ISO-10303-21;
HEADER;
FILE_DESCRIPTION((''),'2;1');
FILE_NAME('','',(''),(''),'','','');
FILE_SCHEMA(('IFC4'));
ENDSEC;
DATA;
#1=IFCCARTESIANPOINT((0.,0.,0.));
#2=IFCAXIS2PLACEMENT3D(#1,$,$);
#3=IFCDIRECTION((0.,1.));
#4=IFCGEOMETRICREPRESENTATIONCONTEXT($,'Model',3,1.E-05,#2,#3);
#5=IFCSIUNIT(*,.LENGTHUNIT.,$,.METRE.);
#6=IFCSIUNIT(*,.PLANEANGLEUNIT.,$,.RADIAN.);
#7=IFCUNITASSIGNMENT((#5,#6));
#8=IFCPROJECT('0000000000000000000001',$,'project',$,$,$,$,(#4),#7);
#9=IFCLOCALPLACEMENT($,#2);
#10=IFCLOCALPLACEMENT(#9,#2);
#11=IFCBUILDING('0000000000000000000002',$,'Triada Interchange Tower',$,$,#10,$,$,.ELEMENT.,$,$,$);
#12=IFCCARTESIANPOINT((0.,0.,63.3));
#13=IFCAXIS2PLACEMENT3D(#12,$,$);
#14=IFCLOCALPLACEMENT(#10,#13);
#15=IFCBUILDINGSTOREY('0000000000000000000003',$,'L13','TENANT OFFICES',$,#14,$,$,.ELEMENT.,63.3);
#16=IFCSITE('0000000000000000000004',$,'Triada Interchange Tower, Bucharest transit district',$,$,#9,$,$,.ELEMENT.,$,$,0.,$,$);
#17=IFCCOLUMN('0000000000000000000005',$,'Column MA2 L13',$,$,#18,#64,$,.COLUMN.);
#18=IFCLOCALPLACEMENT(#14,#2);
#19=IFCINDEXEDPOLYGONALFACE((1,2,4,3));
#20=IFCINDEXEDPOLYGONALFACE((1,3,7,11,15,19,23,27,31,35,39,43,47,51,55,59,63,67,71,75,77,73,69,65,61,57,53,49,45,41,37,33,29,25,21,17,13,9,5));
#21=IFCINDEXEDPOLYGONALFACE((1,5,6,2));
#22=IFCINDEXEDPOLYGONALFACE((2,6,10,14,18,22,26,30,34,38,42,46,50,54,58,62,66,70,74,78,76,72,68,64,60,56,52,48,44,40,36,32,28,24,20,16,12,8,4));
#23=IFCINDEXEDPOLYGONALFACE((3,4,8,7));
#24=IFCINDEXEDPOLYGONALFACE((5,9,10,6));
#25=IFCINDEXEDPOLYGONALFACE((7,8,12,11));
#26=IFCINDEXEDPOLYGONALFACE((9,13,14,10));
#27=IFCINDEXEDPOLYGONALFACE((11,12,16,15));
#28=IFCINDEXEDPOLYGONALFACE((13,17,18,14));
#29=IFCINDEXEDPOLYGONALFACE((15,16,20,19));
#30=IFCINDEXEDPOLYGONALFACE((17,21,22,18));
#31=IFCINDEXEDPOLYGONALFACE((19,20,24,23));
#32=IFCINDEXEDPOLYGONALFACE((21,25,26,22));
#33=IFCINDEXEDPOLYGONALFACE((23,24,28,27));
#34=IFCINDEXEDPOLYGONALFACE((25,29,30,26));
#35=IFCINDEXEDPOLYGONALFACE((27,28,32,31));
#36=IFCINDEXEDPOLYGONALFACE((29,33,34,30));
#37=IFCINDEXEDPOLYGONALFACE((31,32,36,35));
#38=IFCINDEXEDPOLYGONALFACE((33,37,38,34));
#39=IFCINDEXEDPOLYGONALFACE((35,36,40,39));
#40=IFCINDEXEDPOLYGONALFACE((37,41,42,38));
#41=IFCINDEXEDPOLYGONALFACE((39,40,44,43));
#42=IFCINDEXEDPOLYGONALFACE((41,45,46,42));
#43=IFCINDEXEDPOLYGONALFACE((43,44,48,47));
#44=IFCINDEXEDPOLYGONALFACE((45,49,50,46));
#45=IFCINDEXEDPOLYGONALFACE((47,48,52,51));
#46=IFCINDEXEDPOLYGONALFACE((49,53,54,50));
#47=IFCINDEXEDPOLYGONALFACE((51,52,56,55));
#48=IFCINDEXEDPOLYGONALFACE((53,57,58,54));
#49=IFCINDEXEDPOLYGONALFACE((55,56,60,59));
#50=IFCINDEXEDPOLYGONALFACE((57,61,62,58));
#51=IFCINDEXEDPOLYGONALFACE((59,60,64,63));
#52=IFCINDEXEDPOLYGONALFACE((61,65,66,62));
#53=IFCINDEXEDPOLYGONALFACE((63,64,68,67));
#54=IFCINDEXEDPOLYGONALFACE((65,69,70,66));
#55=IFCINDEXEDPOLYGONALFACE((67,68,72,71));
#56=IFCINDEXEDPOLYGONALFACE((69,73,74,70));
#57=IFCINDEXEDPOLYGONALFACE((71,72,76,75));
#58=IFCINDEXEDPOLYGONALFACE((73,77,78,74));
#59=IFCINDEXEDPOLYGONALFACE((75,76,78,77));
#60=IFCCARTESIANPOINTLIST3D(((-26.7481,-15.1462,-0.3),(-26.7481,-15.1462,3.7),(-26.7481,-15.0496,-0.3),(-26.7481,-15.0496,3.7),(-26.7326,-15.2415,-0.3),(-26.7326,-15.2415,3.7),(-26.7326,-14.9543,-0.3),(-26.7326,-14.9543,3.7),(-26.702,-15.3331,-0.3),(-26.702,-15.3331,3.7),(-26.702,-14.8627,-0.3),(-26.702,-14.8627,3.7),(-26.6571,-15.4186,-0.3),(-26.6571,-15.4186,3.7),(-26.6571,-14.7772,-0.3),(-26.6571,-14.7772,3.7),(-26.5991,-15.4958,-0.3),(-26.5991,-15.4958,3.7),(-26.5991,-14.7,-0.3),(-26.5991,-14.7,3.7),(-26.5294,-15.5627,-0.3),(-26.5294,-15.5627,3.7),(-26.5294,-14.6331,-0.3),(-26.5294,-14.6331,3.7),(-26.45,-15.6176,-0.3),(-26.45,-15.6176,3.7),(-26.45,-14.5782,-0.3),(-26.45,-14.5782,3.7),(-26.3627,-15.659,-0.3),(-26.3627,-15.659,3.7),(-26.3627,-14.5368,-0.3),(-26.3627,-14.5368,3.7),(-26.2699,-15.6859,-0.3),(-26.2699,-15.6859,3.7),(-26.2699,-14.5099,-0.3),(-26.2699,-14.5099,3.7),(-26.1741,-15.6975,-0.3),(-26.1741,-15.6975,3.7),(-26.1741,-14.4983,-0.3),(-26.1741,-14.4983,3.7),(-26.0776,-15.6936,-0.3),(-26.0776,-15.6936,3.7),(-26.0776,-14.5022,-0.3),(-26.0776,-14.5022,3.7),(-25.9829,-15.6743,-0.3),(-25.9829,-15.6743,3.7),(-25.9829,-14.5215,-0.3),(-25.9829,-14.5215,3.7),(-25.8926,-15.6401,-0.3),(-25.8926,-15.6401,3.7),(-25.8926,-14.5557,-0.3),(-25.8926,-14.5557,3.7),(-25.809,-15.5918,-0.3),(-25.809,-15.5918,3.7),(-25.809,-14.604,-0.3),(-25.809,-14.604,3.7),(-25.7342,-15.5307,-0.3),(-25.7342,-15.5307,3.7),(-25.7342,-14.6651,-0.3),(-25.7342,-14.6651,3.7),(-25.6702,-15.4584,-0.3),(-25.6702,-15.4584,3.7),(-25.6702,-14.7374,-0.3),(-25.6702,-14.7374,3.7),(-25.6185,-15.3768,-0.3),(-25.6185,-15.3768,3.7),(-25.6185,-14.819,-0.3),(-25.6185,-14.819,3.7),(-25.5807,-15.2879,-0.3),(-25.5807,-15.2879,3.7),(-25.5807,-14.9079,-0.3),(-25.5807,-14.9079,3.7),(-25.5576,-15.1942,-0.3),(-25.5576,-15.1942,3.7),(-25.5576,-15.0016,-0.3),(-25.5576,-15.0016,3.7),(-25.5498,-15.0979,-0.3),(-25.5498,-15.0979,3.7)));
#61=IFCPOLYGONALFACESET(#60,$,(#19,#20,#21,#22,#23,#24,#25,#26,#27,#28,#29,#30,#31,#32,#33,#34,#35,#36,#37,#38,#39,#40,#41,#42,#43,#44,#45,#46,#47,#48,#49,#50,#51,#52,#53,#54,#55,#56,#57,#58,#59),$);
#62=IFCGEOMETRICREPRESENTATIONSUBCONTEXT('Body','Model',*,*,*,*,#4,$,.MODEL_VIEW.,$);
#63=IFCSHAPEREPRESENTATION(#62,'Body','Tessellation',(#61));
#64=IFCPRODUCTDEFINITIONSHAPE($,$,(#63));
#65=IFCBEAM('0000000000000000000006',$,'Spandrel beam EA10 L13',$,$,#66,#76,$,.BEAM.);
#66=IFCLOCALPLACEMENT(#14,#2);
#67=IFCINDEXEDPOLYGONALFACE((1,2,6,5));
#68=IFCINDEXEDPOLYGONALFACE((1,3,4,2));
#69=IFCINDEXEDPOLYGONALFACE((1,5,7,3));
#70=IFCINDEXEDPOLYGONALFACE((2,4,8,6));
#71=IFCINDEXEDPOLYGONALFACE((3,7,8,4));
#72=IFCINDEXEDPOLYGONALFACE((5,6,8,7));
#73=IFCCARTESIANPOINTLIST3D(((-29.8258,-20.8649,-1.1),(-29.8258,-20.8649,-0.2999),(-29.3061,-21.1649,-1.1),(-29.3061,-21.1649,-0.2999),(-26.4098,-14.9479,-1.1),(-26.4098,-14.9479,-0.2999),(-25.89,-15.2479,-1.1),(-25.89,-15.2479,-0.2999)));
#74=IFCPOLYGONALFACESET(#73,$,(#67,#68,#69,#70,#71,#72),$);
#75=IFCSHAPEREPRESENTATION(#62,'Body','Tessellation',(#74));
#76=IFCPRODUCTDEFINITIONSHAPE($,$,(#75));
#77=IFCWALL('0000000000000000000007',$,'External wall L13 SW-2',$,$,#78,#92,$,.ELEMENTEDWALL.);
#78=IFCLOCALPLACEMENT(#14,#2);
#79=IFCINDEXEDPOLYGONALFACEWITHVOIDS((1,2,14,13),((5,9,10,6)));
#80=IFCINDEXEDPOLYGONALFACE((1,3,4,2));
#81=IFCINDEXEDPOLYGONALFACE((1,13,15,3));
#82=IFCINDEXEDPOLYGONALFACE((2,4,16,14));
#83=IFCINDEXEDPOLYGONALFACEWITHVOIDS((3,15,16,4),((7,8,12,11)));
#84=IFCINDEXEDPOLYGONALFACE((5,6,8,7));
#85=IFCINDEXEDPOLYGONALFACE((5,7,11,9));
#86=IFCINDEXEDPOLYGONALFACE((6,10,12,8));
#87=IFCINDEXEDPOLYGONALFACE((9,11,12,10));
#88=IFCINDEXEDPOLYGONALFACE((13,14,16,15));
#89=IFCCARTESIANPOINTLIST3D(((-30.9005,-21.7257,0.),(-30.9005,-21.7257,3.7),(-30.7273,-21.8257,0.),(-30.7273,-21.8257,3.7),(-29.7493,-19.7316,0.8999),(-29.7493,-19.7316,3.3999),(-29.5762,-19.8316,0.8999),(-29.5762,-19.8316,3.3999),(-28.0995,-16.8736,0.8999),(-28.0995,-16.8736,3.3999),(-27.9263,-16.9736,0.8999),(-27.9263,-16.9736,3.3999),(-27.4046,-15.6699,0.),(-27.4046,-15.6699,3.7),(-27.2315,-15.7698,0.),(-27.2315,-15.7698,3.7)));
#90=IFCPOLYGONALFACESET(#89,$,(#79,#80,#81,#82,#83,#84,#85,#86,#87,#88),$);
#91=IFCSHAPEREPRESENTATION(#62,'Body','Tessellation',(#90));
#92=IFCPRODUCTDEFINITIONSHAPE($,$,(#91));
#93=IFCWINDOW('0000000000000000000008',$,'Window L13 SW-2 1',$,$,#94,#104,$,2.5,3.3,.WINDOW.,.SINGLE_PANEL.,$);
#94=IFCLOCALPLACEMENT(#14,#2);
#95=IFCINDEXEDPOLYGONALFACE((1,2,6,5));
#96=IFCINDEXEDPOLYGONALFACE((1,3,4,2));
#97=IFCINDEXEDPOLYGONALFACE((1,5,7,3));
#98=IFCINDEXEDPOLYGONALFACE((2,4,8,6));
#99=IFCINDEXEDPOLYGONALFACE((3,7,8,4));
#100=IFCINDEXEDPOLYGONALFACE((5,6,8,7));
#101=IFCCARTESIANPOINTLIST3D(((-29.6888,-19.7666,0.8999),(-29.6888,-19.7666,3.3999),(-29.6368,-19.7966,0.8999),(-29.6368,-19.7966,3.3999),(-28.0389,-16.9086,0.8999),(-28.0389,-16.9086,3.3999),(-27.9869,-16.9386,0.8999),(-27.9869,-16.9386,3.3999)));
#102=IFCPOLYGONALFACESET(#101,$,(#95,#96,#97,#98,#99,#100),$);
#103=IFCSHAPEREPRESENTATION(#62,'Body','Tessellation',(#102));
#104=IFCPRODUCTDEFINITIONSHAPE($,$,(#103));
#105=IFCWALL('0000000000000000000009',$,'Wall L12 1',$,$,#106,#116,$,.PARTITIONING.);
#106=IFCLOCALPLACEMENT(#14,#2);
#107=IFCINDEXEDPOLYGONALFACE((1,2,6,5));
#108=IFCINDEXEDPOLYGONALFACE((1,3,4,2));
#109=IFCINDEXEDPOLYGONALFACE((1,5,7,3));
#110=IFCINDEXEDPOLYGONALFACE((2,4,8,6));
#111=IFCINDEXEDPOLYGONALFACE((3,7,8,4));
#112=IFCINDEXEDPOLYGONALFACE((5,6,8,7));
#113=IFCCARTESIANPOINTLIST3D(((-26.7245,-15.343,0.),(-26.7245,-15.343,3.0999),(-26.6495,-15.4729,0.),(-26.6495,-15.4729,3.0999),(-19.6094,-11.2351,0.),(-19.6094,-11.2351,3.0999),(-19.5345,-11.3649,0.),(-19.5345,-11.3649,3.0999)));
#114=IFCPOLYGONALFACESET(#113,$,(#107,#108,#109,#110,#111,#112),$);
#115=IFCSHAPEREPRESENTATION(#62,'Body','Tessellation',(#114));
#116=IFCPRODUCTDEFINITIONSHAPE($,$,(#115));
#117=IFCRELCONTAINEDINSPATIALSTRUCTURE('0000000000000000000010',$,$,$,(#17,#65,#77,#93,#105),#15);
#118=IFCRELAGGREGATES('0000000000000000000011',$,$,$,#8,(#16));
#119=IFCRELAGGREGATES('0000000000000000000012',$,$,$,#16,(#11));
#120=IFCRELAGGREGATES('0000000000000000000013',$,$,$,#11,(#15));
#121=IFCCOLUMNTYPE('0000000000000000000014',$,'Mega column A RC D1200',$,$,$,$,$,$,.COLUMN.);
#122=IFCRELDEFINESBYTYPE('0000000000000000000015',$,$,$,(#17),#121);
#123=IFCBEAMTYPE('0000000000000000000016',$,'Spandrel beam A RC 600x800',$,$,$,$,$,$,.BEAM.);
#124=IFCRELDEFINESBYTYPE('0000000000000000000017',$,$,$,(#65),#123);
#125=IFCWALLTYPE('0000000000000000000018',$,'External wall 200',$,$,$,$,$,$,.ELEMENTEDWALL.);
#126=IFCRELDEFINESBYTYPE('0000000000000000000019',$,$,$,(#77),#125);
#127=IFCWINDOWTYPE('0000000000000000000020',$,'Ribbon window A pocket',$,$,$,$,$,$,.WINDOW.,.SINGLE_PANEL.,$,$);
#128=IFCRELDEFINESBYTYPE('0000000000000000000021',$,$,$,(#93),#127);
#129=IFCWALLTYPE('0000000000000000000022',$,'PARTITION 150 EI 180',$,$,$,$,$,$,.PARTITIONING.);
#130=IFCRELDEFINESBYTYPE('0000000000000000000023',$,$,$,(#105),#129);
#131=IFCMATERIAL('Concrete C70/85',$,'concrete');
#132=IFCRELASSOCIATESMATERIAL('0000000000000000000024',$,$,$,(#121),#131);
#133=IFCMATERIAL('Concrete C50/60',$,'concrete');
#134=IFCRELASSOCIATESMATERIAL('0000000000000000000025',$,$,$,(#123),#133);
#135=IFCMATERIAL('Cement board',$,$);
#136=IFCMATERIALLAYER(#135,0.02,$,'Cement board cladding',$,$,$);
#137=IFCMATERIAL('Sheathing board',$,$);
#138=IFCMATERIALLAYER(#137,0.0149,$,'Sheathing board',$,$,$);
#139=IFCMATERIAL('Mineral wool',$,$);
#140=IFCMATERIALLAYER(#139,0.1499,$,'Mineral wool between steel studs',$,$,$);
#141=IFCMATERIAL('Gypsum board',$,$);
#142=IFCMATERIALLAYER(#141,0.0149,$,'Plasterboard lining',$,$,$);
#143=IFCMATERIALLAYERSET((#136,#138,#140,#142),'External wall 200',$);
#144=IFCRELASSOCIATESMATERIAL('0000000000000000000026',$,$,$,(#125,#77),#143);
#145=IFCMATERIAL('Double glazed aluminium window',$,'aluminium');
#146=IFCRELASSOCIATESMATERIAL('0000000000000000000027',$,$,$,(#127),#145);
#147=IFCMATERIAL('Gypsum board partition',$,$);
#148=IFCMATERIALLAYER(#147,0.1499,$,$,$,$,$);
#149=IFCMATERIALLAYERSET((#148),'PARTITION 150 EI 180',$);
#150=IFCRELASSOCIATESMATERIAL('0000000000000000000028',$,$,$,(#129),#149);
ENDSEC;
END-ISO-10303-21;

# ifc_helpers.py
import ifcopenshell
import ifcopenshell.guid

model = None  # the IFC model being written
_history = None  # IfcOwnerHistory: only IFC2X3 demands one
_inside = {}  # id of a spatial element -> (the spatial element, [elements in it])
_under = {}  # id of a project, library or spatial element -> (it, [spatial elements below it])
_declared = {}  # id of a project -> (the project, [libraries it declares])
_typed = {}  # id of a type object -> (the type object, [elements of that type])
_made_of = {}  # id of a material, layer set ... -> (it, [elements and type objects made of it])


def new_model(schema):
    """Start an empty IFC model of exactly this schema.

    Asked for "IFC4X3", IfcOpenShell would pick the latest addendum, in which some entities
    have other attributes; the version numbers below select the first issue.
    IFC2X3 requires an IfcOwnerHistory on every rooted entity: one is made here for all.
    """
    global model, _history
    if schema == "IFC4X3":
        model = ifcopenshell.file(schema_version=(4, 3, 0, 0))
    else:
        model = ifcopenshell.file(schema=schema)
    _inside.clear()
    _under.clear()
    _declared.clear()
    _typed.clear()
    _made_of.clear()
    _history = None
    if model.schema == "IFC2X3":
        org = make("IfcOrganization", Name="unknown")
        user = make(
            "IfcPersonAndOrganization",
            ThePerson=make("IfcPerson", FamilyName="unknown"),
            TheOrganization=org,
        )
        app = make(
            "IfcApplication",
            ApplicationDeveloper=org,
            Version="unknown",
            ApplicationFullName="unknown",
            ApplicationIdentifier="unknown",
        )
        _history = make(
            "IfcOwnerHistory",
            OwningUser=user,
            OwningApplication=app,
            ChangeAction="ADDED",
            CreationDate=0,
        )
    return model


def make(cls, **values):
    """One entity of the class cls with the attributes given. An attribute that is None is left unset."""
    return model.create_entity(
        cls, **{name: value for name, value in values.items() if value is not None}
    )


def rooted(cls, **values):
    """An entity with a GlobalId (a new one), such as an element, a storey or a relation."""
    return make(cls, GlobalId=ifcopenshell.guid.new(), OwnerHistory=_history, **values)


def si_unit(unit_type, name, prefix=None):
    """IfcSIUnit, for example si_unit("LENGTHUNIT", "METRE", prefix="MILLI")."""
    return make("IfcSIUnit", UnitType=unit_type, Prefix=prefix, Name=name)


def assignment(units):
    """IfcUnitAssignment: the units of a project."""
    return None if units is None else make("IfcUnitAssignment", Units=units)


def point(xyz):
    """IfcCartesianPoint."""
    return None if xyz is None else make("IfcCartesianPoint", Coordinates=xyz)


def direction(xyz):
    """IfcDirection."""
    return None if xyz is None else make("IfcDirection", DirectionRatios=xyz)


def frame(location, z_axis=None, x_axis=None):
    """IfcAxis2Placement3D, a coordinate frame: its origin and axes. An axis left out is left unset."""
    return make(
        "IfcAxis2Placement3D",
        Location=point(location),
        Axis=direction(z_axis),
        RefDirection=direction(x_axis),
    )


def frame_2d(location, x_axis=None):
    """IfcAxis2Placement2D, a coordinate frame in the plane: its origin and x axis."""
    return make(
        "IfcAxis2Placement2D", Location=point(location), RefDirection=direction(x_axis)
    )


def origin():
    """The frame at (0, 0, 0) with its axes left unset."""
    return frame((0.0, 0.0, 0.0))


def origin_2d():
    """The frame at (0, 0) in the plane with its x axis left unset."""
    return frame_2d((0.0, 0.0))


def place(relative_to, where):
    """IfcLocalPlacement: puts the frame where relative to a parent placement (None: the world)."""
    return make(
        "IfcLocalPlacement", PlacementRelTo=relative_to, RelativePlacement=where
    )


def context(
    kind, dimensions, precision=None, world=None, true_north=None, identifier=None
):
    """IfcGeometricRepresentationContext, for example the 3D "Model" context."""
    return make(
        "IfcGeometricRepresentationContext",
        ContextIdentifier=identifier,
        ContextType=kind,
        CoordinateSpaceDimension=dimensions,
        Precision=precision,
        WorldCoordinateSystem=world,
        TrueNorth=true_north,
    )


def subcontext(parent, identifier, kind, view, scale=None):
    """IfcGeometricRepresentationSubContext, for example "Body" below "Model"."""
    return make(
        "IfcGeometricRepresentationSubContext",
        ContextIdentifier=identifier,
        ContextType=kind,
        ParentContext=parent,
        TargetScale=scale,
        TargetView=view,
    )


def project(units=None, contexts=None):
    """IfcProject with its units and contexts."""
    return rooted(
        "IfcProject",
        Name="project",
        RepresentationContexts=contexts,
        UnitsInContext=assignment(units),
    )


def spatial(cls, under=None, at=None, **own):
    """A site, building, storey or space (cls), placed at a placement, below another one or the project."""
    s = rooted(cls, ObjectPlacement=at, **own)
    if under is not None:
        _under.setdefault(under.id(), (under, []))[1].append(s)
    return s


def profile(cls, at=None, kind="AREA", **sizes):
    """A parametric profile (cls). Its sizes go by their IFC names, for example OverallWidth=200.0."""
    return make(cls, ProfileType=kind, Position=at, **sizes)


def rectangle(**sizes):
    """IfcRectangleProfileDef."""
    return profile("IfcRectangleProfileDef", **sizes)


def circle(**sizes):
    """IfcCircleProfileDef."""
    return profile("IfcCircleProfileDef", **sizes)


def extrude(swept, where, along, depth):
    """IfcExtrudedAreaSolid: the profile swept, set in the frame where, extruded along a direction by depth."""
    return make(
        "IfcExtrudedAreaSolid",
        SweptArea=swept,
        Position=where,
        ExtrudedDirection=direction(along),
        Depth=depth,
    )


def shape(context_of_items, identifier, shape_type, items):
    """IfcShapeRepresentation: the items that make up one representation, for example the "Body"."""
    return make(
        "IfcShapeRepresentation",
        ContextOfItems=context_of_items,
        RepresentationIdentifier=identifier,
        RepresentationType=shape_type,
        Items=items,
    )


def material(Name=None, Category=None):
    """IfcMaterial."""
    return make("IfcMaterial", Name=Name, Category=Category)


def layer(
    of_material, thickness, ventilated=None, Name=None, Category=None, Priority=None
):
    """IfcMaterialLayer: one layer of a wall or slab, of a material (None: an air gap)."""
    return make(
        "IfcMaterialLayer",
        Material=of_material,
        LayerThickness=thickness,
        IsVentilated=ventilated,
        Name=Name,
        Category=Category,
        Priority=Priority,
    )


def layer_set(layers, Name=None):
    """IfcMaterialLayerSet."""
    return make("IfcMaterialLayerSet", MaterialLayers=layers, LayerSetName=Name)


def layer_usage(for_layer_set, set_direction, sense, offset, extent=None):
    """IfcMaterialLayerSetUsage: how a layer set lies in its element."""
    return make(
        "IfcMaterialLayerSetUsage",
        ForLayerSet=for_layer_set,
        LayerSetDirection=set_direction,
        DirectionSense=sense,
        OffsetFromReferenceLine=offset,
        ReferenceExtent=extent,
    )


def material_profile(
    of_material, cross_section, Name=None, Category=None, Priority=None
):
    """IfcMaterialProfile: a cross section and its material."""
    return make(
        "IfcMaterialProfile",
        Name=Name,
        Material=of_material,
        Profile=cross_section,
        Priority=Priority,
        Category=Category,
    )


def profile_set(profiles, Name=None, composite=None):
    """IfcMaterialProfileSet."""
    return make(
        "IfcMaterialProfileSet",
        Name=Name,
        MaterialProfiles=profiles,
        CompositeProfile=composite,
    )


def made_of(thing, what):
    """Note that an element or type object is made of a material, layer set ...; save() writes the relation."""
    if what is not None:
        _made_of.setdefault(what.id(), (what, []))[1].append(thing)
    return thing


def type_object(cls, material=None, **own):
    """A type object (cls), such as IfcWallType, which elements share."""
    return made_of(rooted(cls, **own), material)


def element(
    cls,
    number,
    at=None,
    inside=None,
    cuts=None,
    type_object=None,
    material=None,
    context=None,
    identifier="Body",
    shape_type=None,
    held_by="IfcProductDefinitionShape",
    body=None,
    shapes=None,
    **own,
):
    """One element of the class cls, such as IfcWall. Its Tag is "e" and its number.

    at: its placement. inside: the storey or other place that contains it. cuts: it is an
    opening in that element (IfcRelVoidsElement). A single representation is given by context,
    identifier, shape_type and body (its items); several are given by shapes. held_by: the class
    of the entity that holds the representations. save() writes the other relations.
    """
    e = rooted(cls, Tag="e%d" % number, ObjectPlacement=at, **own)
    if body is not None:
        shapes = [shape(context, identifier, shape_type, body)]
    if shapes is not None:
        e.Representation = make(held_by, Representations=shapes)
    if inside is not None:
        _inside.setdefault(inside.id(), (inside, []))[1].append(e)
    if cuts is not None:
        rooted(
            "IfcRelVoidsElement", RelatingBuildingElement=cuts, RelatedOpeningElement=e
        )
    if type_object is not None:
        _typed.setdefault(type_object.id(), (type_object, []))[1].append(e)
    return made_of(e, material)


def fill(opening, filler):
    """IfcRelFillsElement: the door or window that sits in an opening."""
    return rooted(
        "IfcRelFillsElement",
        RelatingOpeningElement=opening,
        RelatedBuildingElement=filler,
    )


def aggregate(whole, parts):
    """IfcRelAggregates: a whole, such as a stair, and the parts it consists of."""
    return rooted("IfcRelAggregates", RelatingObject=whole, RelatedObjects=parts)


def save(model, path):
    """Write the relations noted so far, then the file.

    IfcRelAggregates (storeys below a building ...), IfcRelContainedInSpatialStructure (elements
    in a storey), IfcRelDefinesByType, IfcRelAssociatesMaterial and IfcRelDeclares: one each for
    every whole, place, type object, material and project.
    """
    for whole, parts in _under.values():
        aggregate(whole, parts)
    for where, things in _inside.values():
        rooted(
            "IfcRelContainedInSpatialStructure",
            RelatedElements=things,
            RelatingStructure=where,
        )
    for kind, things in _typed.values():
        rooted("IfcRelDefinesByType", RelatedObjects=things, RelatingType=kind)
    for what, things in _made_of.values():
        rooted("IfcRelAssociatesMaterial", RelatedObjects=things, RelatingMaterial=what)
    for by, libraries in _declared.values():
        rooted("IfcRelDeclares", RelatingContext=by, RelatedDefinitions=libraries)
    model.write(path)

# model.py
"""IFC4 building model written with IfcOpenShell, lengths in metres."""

from ifc_helpers import new_model, si_unit, direction, frame, frame_2d, origin, origin_2d, place, context, subcontext, project, spatial, rectangle, circle, extrude, material, layer, layer_set, layer_usage, material_profile, profile_set, type_object, element, fill, save


model = new_model("IFC4")

# Units and contexts
model_context = context("Model", 3, precision=1e-05, world=origin(), true_north=direction((0.0, 1.0)))
body_context = subcontext(model_context, "Body", "Model", "MODEL_VIEW")
ifc_project = project(units=[si_unit("LENGTHUNIT", "METRE"), si_unit("PLANEANGLEUNIT", "RADIAN")], contexts=[model_context])

# Site, building, storey
site_placement = place(None, origin())
site = spatial("IfcSite", under=ifc_project, at=site_placement, Name="Triada Interchange Tower, Bucharest transit district", CompositionType="ELEMENT", RefElevation=0.0)
building_placement = place(site_placement, origin())
building = spatial("IfcBuilding", under=site, at=building_placement, Name="Triada Interchange Tower", CompositionType="ELEMENT")
storey_placement = place(building_placement, frame((0.0, 0.0, 63.3)))
storey = spatial("IfcBuildingStorey", under=building, at=storey_placement, Name="L13", Description="TENANT OFFICES", CompositionType="ELEMENT", Elevation=63.3)

# Column
ifc_material_1 = material(Name="Concrete C70/85", Category="concrete")
ifc_material_profile_1 = material_profile(ifc_material_1, circle(Radius=0.6001, at=origin_2d()), Name="RC D1200")
ifc_profile_set_1 = profile_set([ifc_material_profile_1], Name="Concrete C70/85")
column_type = type_object("IfcColumnType", Name="Mega column A RC D1200", PredefinedType="COLUMN", material=ifc_profile_set_1)
column_placement = place(storey_placement, frame((-26.1499, -15.0979, -0.3), z_axis=(0.0, 0.0, 1.0), x_axis=(1.0, 0.0, 0.0)))
element("IfcColumn", 1, at=column_placement, inside=storey, type_object=column_type, Name="Column MA2 L13", PredefinedType="COLUMN", context=body_context, shape_type="SweptSolid", body=[
    extrude(circle(Radius=0.6001, at=origin_2d()), origin(), (0.0, 0.0, 1.0), 4.0),
])

# Beam
ifc_material_2 = material(Name="Concrete C50/60", Category="concrete")
ifc_material_profile_2 = material_profile(ifc_material_2, rectangle(XDim=0.6001, YDim=0.8, at=origin_2d()), Name="RC 600x800")
ifc_profile_set_2 = profile_set([ifc_material_profile_2], Name="Concrete C50/60")
beam_type = type_object("IfcBeamType", Name="Spandrel beam A RC 600x800", PredefinedType="BEAM", material=ifc_profile_set_2)
beam_placement = place(storey_placement, frame((-26.1499, -15.0979, -0.7), z_axis=(-0.499982, -0.866036, 0.0), x_axis=(0.866036, -0.499982, 0.0)))
element("IfcBeam", 2, at=beam_placement, inside=storey, type_object=beam_type, Name="Spandrel beam EA10 L13", PredefinedType="BEAM", context=body_context, shape_type="SweptSolid", body=[
    extrude(rectangle(XDim=0.6001, YDim=0.8, at=origin_2d()), origin(), (0.0, 0.0, 1.0), 6.8323),
])

# Wall, opening, window
ifc_material_3 = material(Name="Cement board")
ifc_layer_1 = layer(ifc_material_3, 0.02, Name="Cement board cladding")
ifc_material_4 = material(Name="Sheathing board")
ifc_layer_2 = layer(ifc_material_4, 0.0149, Name="Sheathing board")
ifc_material_5 = material(Name="Mineral wool")
ifc_layer_3 = layer(ifc_material_5, 0.1499, Name="Mineral wool between steel studs")
ifc_material_6 = material(Name="Gypsum board")
ifc_layer_4 = layer(ifc_material_6, 0.0149, Name="Plasterboard lining")
ifc_layer_set_1 = layer_set([ifc_layer_1, ifc_layer_2, ifc_layer_3, ifc_layer_4], Name="External wall 200")
ifc_layer_usage = layer_usage(ifc_layer_set_1, "AXIS2", "POSITIVE", -0.1001)
wall_type_1 = type_object("IfcWallType", Name="External wall 200", PredefinedType="ELEMENTEDWALL", material=ifc_layer_set_1)
wall_1_placement = place(storey_placement, frame((-27.3181, -15.72, 0.0), z_axis=(0.0, 0.0, 1.0), x_axis=(-0.499943, -0.866058, 0.0)))
wall_1 = element("IfcWall", 3, at=wall_1_placement, inside=storey, type_object=wall_type_1, material=ifc_layer_usage, Name="External wall L13 SW-2", PredefinedType="ELEMENTEDWALL", context=body_context, shape_type="SweptSolid", body=[
    extrude(rectangle(XDim=6.9924, YDim=0.2, at=frame_2d((3.4961, 0.0))), origin(), (0.0, 0.0, 1.0), 3.7),
])
opening_placement = place(wall_1_placement, frame((1.3899, 0.0, 0.8999)))
opening = element("IfcOpeningElement", 4, at=opening_placement, cuts=wall_1, PredefinedType="OPENING", context=body_context, shape_type="SweptSolid", body=[
    extrude(rectangle(XDim=3.3, YDim=2.5, at=frame_2d((1.6499, 1.25))), frame((0.0, 0.1099, 0.0), z_axis=(0.0, -1.0, 0.0), x_axis=(1.0, 0.0, 0.0)), (0.0, 0.0, 1.0), 0.22),
])
ifc_material_7 = material(Name="Double glazed aluminium window", Category="aluminium")
window_type = type_object("IfcWindowType", Name="Ribbon window A pocket", PartitioningType="SINGLE_PANEL", PredefinedType="WINDOW", material=ifc_material_7)
window_placement = place(opening_placement, origin())
window = element("IfcWindow", 5, at=window_placement, inside=storey, type_object=window_type, Name="Window L13 SW-2 1", OverallHeight=2.5, OverallWidth=3.3, PartitioningType="SINGLE_PANEL", PredefinedType="WINDOW", context=body_context, shape_type="SweptSolid", body=[
    extrude(rectangle(XDim=3.3, YDim=2.5, at=frame_2d((1.6499, 1.25))), frame((0.0, 0.03, 0.0), z_axis=(0.0, -1.0, 0.0), x_axis=(1.0, 0.0, 0.0)), (0.0, 0.0, 1.0), 0.0601),
])
fill(opening, window)

# Wall
ifc_material_8 = material(Name="Gypsum board partition")
ifc_layer_5 = layer(ifc_material_8, 0.1499)
ifc_layer_set_2 = layer_set([ifc_layer_5], Name="PARTITION 150 EI 180")
wall_type_2 = type_object("IfcWallType", Name="PARTITION 150 EI 180", PredefinedType="PARTITIONING", material=ifc_layer_set_2)
wall_2_placement = place(storey_placement, frame((-26.687, -15.408, 0.0), z_axis=(0.0, 0.0, 1.0), x_axis=(0.866022, 0.500006, 0.0)))
element("IfcWall", 6, at=wall_2_placement, inside=storey, type_object=wall_type_2, Name="Wall L12 1", PredefinedType="PARTITIONING", context=body_context, shape_type="SweptSolid", body=[
    extrude(rectangle(XDim=8.2158, YDim=0.1499, at=frame_2d((4.1079, 0.0))), origin(), (0.0, 0.0, 1.0), 3.0999),
])

save(model, "model.ifc")
